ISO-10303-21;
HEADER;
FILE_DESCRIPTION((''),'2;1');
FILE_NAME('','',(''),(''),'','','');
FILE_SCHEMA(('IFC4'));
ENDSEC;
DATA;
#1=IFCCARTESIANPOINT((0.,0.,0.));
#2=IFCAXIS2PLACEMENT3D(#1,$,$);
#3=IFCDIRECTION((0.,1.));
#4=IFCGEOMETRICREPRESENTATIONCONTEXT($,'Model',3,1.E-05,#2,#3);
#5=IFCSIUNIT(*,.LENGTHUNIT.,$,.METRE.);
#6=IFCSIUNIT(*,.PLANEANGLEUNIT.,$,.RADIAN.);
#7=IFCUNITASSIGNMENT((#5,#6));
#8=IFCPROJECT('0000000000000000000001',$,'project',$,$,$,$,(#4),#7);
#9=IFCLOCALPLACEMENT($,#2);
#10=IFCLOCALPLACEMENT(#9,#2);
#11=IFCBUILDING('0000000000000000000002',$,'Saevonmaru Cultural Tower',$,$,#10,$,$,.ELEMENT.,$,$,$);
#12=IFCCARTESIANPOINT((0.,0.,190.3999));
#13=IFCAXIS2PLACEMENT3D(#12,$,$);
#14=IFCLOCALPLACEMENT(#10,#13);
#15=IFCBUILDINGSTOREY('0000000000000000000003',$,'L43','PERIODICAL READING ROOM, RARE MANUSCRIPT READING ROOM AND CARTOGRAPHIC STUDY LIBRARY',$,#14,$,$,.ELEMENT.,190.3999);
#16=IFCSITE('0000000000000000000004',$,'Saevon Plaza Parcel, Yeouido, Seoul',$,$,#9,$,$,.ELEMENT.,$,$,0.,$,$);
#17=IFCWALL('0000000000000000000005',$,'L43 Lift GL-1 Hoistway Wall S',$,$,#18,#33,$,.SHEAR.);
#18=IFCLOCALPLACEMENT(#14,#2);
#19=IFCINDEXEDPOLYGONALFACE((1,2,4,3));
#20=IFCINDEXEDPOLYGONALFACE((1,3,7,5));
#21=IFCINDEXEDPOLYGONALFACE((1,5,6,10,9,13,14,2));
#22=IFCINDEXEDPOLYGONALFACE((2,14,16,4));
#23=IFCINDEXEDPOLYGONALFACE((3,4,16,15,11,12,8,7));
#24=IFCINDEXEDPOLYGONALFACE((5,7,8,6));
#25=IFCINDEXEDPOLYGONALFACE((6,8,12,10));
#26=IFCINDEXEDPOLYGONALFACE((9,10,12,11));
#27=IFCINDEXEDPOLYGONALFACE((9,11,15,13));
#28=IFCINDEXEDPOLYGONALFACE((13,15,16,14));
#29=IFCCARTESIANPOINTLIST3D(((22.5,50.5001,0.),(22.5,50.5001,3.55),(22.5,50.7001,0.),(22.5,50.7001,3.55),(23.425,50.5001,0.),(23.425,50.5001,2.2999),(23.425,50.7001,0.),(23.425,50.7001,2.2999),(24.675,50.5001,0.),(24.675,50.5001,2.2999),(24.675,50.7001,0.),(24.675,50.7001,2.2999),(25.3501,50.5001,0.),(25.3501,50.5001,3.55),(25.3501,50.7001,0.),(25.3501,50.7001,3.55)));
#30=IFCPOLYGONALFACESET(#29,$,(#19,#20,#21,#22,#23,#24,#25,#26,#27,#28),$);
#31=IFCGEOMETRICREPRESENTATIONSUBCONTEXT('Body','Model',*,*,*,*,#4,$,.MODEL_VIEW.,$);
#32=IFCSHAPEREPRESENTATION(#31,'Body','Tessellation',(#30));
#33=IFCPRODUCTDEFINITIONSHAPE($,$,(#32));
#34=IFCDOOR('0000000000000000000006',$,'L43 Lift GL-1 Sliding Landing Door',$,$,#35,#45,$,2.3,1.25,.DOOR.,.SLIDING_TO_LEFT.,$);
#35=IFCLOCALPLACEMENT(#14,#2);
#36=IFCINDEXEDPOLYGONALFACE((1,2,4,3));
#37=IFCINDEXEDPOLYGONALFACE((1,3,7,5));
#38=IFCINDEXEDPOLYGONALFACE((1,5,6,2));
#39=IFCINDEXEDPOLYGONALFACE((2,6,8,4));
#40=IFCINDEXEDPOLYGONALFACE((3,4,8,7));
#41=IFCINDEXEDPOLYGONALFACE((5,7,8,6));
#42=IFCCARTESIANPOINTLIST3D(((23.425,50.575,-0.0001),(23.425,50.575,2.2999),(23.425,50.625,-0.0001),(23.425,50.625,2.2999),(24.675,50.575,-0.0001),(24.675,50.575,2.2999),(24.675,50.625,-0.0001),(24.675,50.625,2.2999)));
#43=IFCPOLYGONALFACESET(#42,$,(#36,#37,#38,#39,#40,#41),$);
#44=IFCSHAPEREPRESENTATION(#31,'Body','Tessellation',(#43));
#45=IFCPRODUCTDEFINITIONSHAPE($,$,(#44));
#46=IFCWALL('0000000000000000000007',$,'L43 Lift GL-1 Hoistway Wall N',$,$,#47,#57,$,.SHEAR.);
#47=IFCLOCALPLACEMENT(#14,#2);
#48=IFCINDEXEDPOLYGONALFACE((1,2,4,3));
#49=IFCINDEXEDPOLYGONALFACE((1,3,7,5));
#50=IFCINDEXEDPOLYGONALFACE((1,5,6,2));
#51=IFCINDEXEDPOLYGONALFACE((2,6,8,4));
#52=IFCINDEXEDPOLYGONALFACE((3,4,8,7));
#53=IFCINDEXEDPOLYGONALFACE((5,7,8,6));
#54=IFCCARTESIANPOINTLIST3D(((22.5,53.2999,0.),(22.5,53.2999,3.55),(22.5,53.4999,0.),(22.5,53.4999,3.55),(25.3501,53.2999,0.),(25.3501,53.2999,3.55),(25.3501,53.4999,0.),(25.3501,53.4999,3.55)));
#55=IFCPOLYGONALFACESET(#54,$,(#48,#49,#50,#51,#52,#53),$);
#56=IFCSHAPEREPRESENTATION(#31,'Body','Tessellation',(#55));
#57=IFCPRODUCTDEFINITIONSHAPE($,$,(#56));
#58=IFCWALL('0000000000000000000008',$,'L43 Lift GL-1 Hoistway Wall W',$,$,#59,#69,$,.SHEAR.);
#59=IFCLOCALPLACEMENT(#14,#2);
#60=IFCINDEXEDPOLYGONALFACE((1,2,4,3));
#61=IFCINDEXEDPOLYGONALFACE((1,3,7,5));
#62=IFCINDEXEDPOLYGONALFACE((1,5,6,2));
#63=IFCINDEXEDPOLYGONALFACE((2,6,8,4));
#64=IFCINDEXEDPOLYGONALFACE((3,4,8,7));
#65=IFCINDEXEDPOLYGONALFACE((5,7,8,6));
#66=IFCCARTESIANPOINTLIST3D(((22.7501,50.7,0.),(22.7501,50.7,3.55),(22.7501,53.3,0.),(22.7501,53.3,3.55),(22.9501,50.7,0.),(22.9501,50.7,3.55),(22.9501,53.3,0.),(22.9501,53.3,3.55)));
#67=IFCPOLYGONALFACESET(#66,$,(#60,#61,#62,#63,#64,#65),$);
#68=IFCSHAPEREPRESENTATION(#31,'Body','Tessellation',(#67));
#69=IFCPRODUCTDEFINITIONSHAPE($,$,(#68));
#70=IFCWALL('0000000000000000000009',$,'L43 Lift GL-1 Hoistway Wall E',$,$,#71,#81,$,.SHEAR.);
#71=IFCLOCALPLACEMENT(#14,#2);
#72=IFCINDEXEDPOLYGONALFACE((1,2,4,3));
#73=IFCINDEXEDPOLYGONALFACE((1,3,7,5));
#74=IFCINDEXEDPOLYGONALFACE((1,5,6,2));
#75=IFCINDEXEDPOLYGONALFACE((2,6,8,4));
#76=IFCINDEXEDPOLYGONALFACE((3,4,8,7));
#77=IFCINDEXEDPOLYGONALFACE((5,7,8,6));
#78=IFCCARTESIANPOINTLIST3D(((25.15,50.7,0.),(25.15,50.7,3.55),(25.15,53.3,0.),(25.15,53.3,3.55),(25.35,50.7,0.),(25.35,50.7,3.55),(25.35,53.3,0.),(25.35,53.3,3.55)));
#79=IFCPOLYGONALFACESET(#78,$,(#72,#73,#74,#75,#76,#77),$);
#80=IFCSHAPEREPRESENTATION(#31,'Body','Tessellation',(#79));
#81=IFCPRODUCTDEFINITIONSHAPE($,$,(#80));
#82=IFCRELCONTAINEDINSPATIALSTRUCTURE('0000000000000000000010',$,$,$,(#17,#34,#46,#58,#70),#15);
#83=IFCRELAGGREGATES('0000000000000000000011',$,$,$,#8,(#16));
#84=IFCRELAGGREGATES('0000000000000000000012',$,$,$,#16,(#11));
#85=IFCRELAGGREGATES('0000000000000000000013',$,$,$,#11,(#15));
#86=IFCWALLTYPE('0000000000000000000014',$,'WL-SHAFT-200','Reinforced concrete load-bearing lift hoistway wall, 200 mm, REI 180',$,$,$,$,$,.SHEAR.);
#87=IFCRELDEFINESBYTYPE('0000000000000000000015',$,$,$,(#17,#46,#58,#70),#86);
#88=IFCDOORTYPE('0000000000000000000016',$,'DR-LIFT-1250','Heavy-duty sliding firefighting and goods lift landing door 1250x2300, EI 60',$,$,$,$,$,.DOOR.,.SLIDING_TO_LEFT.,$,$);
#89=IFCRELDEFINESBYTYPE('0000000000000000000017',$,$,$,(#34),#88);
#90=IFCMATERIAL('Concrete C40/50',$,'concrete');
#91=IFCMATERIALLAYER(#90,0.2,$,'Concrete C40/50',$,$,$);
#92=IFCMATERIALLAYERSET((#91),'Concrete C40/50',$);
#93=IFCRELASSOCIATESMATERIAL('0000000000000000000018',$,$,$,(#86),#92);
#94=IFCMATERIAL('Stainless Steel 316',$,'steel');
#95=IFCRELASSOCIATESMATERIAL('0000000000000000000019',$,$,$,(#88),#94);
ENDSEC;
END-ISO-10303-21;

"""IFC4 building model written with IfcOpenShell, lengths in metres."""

from ifc_helpers import new_model, si_unit, direction, frame, frame_2d, origin, place, context, subcontext, project, spatial, rectangle, extrude, material, layer, layer_set, type_object, element, fill, save


model = new_model("IFC4")

# Units and contexts
model_context = context("Model", 3, precision=1e-05, world=origin(), true_north=direction((0.0, 1.0)))
body_context = subcontext(model_context, "Body", "Model", "MODEL_VIEW")
ifc_project = project(units=[si_unit("LENGTHUNIT", "METRE"), si_unit("PLANEANGLEUNIT", "RADIAN")], contexts=[model_context])

# Site, building, storey
site_placement = place(None, origin())
site = spatial("IfcSite", under=ifc_project, at=site_placement, Name="Saevon Plaza Parcel, Yeouido, Seoul", CompositionType="ELEMENT", RefElevation=0.0)
building_placement = place(site_placement, origin())
building = spatial("IfcBuilding", under=site, at=building_placement, Name="Saevonmaru Cultural Tower", CompositionType="ELEMENT")
storey_placement = place(building_placement, frame((0.0, 0.0, 190.3999)))
storey = spatial("IfcBuildingStorey", under=building, at=storey_placement, Name="L43", Description="PERIODICAL READING ROOM, RARE MANUSCRIPT READING ROOM AND CARTOGRAPHIC STUDY LIBRARY", CompositionType="ELEMENT", Elevation=190.3999)

# Shared definitions
ifc_material_1 = material(Name="Concrete C40/50", Category="concrete")
ifc_layer_1 = layer(ifc_material_1, 0.2, Name="Concrete C40/50")
ifc_layer_set_1 = layer_set([ifc_layer_1], Name="Concrete C40/50")
wall_type_1 = type_object("IfcWallType", Name="WL-SHAFT-200", Description="Reinforced concrete load-bearing lift hoistway wall, 200 mm, REI 180", PredefinedType="SHEAR", material=ifc_layer_set_1)

# Wall, opening, door
wall_1_placement = place(storey_placement, frame((22.5, 50.6001, 0.0), z_axis=(0.0, 0.0, 1.0), x_axis=(1.0, 0.0, 0.0)))
wall_1 = element("IfcWall", 1, at=wall_1_placement, inside=storey, type_object=wall_type_1, Name="L43 Lift GL-1 Hoistway Wall S", PredefinedType="SHEAR", context=body_context, shape_type="SweptSolid", body=[
    extrude(rectangle(XDim=2.8501, YDim=0.2, at=frame_2d((1.425, 0.0))), origin(), (0.0, 0.0, 1.0), 3.55),
])
opening_placement = place(wall_1_placement, frame((0.925, 0.0, 0.0)))
opening = element("IfcOpeningElement", 2, at=opening_placement, cuts=wall_1, PredefinedType="OPENING", context=body_context, shape_type="SweptSolid", body=[
    extrude(rectangle(XDim=1.25, YDim=2.3, at=frame_2d((0.625, 1.1499))), frame((0.0, 0.1099, 0.0), z_axis=(0.0, -1.0, 0.0), x_axis=(1.0, 0.0, 0.0)), (0.0, 0.0, 1.0), 0.22),
])
ifc_material_2 = material(Name="Stainless Steel 316", Category="steel")
door_type = type_object("IfcDoorType", Name="DR-LIFT-1250", Description="Heavy-duty sliding firefighting and goods lift landing door 1250x2300, EI 60", OperationType="SLIDING_TO_LEFT", PredefinedType="DOOR", material=ifc_material_2)
door_placement = place(opening_placement, origin())
door = element("IfcDoor", 3, at=door_placement, inside=storey, type_object=door_type, Name="L43 Lift GL-1 Sliding Landing Door", OperationType="SLIDING_TO_LEFT", OverallHeight=2.3, OverallWidth=1.25, PredefinedType="DOOR", context=body_context, shape_type="SweptSolid", body=[
    extrude(rectangle(XDim=1.25, YDim=2.3, at=frame_2d((0.625, 1.1499))), frame((0.0, 0.0249, 0.0), z_axis=(0.0, -1.0, 0.0), x_axis=(1.0, 0.0, 0.0)), (0.0, 0.0, 1.0), 0.05),
])
fill(opening, door)

# Walls
wall_2_placement = place(storey_placement, frame((22.5, 53.3999, 0.0), z_axis=(0.0, 0.0, 1.0), x_axis=(1.0, 0.0, 0.0)))
element("IfcWall", 4, at=wall_2_placement, inside=storey, type_object=wall_type_1, Name="L43 Lift GL-1 Hoistway Wall N", PredefinedType="SHEAR", context=body_context, shape_type="SweptSolid", body=[
    extrude(rectangle(XDim=2.8501, YDim=0.2, at=frame_2d((1.425, 0.0))), origin(), (0.0, 0.0, 1.0), 3.55),
])
for number, where, z_axis, x_axis, name in (
    (5, (22.8501, 50.7, 0.0), (0.0, 0.0, 1.0), (0.0, 1.0, 0.0), "L43 Lift GL-1 Hoistway Wall W"),
    (6, (25.25, 50.7, 0.0), (0.0, 0.0, 1.0), (0.0, 1.0, 0.0), "L43 Lift GL-1 Hoistway Wall E"),
):
    element("IfcWall", number, at=place(storey_placement, frame(where, z_axis=z_axis, x_axis=x_axis)), inside=storey, type_object=wall_type_1, Name=name, PredefinedType="SHEAR", context=body_context, shape_type="SweptSolid", body=[
        extrude(rectangle(XDim=2.6001, YDim=0.2, at=frame_2d((1.3, 0.0))), origin(), (0.0, 0.0, 1.0), 3.55),
    ])

save(model, "model.ifc")
